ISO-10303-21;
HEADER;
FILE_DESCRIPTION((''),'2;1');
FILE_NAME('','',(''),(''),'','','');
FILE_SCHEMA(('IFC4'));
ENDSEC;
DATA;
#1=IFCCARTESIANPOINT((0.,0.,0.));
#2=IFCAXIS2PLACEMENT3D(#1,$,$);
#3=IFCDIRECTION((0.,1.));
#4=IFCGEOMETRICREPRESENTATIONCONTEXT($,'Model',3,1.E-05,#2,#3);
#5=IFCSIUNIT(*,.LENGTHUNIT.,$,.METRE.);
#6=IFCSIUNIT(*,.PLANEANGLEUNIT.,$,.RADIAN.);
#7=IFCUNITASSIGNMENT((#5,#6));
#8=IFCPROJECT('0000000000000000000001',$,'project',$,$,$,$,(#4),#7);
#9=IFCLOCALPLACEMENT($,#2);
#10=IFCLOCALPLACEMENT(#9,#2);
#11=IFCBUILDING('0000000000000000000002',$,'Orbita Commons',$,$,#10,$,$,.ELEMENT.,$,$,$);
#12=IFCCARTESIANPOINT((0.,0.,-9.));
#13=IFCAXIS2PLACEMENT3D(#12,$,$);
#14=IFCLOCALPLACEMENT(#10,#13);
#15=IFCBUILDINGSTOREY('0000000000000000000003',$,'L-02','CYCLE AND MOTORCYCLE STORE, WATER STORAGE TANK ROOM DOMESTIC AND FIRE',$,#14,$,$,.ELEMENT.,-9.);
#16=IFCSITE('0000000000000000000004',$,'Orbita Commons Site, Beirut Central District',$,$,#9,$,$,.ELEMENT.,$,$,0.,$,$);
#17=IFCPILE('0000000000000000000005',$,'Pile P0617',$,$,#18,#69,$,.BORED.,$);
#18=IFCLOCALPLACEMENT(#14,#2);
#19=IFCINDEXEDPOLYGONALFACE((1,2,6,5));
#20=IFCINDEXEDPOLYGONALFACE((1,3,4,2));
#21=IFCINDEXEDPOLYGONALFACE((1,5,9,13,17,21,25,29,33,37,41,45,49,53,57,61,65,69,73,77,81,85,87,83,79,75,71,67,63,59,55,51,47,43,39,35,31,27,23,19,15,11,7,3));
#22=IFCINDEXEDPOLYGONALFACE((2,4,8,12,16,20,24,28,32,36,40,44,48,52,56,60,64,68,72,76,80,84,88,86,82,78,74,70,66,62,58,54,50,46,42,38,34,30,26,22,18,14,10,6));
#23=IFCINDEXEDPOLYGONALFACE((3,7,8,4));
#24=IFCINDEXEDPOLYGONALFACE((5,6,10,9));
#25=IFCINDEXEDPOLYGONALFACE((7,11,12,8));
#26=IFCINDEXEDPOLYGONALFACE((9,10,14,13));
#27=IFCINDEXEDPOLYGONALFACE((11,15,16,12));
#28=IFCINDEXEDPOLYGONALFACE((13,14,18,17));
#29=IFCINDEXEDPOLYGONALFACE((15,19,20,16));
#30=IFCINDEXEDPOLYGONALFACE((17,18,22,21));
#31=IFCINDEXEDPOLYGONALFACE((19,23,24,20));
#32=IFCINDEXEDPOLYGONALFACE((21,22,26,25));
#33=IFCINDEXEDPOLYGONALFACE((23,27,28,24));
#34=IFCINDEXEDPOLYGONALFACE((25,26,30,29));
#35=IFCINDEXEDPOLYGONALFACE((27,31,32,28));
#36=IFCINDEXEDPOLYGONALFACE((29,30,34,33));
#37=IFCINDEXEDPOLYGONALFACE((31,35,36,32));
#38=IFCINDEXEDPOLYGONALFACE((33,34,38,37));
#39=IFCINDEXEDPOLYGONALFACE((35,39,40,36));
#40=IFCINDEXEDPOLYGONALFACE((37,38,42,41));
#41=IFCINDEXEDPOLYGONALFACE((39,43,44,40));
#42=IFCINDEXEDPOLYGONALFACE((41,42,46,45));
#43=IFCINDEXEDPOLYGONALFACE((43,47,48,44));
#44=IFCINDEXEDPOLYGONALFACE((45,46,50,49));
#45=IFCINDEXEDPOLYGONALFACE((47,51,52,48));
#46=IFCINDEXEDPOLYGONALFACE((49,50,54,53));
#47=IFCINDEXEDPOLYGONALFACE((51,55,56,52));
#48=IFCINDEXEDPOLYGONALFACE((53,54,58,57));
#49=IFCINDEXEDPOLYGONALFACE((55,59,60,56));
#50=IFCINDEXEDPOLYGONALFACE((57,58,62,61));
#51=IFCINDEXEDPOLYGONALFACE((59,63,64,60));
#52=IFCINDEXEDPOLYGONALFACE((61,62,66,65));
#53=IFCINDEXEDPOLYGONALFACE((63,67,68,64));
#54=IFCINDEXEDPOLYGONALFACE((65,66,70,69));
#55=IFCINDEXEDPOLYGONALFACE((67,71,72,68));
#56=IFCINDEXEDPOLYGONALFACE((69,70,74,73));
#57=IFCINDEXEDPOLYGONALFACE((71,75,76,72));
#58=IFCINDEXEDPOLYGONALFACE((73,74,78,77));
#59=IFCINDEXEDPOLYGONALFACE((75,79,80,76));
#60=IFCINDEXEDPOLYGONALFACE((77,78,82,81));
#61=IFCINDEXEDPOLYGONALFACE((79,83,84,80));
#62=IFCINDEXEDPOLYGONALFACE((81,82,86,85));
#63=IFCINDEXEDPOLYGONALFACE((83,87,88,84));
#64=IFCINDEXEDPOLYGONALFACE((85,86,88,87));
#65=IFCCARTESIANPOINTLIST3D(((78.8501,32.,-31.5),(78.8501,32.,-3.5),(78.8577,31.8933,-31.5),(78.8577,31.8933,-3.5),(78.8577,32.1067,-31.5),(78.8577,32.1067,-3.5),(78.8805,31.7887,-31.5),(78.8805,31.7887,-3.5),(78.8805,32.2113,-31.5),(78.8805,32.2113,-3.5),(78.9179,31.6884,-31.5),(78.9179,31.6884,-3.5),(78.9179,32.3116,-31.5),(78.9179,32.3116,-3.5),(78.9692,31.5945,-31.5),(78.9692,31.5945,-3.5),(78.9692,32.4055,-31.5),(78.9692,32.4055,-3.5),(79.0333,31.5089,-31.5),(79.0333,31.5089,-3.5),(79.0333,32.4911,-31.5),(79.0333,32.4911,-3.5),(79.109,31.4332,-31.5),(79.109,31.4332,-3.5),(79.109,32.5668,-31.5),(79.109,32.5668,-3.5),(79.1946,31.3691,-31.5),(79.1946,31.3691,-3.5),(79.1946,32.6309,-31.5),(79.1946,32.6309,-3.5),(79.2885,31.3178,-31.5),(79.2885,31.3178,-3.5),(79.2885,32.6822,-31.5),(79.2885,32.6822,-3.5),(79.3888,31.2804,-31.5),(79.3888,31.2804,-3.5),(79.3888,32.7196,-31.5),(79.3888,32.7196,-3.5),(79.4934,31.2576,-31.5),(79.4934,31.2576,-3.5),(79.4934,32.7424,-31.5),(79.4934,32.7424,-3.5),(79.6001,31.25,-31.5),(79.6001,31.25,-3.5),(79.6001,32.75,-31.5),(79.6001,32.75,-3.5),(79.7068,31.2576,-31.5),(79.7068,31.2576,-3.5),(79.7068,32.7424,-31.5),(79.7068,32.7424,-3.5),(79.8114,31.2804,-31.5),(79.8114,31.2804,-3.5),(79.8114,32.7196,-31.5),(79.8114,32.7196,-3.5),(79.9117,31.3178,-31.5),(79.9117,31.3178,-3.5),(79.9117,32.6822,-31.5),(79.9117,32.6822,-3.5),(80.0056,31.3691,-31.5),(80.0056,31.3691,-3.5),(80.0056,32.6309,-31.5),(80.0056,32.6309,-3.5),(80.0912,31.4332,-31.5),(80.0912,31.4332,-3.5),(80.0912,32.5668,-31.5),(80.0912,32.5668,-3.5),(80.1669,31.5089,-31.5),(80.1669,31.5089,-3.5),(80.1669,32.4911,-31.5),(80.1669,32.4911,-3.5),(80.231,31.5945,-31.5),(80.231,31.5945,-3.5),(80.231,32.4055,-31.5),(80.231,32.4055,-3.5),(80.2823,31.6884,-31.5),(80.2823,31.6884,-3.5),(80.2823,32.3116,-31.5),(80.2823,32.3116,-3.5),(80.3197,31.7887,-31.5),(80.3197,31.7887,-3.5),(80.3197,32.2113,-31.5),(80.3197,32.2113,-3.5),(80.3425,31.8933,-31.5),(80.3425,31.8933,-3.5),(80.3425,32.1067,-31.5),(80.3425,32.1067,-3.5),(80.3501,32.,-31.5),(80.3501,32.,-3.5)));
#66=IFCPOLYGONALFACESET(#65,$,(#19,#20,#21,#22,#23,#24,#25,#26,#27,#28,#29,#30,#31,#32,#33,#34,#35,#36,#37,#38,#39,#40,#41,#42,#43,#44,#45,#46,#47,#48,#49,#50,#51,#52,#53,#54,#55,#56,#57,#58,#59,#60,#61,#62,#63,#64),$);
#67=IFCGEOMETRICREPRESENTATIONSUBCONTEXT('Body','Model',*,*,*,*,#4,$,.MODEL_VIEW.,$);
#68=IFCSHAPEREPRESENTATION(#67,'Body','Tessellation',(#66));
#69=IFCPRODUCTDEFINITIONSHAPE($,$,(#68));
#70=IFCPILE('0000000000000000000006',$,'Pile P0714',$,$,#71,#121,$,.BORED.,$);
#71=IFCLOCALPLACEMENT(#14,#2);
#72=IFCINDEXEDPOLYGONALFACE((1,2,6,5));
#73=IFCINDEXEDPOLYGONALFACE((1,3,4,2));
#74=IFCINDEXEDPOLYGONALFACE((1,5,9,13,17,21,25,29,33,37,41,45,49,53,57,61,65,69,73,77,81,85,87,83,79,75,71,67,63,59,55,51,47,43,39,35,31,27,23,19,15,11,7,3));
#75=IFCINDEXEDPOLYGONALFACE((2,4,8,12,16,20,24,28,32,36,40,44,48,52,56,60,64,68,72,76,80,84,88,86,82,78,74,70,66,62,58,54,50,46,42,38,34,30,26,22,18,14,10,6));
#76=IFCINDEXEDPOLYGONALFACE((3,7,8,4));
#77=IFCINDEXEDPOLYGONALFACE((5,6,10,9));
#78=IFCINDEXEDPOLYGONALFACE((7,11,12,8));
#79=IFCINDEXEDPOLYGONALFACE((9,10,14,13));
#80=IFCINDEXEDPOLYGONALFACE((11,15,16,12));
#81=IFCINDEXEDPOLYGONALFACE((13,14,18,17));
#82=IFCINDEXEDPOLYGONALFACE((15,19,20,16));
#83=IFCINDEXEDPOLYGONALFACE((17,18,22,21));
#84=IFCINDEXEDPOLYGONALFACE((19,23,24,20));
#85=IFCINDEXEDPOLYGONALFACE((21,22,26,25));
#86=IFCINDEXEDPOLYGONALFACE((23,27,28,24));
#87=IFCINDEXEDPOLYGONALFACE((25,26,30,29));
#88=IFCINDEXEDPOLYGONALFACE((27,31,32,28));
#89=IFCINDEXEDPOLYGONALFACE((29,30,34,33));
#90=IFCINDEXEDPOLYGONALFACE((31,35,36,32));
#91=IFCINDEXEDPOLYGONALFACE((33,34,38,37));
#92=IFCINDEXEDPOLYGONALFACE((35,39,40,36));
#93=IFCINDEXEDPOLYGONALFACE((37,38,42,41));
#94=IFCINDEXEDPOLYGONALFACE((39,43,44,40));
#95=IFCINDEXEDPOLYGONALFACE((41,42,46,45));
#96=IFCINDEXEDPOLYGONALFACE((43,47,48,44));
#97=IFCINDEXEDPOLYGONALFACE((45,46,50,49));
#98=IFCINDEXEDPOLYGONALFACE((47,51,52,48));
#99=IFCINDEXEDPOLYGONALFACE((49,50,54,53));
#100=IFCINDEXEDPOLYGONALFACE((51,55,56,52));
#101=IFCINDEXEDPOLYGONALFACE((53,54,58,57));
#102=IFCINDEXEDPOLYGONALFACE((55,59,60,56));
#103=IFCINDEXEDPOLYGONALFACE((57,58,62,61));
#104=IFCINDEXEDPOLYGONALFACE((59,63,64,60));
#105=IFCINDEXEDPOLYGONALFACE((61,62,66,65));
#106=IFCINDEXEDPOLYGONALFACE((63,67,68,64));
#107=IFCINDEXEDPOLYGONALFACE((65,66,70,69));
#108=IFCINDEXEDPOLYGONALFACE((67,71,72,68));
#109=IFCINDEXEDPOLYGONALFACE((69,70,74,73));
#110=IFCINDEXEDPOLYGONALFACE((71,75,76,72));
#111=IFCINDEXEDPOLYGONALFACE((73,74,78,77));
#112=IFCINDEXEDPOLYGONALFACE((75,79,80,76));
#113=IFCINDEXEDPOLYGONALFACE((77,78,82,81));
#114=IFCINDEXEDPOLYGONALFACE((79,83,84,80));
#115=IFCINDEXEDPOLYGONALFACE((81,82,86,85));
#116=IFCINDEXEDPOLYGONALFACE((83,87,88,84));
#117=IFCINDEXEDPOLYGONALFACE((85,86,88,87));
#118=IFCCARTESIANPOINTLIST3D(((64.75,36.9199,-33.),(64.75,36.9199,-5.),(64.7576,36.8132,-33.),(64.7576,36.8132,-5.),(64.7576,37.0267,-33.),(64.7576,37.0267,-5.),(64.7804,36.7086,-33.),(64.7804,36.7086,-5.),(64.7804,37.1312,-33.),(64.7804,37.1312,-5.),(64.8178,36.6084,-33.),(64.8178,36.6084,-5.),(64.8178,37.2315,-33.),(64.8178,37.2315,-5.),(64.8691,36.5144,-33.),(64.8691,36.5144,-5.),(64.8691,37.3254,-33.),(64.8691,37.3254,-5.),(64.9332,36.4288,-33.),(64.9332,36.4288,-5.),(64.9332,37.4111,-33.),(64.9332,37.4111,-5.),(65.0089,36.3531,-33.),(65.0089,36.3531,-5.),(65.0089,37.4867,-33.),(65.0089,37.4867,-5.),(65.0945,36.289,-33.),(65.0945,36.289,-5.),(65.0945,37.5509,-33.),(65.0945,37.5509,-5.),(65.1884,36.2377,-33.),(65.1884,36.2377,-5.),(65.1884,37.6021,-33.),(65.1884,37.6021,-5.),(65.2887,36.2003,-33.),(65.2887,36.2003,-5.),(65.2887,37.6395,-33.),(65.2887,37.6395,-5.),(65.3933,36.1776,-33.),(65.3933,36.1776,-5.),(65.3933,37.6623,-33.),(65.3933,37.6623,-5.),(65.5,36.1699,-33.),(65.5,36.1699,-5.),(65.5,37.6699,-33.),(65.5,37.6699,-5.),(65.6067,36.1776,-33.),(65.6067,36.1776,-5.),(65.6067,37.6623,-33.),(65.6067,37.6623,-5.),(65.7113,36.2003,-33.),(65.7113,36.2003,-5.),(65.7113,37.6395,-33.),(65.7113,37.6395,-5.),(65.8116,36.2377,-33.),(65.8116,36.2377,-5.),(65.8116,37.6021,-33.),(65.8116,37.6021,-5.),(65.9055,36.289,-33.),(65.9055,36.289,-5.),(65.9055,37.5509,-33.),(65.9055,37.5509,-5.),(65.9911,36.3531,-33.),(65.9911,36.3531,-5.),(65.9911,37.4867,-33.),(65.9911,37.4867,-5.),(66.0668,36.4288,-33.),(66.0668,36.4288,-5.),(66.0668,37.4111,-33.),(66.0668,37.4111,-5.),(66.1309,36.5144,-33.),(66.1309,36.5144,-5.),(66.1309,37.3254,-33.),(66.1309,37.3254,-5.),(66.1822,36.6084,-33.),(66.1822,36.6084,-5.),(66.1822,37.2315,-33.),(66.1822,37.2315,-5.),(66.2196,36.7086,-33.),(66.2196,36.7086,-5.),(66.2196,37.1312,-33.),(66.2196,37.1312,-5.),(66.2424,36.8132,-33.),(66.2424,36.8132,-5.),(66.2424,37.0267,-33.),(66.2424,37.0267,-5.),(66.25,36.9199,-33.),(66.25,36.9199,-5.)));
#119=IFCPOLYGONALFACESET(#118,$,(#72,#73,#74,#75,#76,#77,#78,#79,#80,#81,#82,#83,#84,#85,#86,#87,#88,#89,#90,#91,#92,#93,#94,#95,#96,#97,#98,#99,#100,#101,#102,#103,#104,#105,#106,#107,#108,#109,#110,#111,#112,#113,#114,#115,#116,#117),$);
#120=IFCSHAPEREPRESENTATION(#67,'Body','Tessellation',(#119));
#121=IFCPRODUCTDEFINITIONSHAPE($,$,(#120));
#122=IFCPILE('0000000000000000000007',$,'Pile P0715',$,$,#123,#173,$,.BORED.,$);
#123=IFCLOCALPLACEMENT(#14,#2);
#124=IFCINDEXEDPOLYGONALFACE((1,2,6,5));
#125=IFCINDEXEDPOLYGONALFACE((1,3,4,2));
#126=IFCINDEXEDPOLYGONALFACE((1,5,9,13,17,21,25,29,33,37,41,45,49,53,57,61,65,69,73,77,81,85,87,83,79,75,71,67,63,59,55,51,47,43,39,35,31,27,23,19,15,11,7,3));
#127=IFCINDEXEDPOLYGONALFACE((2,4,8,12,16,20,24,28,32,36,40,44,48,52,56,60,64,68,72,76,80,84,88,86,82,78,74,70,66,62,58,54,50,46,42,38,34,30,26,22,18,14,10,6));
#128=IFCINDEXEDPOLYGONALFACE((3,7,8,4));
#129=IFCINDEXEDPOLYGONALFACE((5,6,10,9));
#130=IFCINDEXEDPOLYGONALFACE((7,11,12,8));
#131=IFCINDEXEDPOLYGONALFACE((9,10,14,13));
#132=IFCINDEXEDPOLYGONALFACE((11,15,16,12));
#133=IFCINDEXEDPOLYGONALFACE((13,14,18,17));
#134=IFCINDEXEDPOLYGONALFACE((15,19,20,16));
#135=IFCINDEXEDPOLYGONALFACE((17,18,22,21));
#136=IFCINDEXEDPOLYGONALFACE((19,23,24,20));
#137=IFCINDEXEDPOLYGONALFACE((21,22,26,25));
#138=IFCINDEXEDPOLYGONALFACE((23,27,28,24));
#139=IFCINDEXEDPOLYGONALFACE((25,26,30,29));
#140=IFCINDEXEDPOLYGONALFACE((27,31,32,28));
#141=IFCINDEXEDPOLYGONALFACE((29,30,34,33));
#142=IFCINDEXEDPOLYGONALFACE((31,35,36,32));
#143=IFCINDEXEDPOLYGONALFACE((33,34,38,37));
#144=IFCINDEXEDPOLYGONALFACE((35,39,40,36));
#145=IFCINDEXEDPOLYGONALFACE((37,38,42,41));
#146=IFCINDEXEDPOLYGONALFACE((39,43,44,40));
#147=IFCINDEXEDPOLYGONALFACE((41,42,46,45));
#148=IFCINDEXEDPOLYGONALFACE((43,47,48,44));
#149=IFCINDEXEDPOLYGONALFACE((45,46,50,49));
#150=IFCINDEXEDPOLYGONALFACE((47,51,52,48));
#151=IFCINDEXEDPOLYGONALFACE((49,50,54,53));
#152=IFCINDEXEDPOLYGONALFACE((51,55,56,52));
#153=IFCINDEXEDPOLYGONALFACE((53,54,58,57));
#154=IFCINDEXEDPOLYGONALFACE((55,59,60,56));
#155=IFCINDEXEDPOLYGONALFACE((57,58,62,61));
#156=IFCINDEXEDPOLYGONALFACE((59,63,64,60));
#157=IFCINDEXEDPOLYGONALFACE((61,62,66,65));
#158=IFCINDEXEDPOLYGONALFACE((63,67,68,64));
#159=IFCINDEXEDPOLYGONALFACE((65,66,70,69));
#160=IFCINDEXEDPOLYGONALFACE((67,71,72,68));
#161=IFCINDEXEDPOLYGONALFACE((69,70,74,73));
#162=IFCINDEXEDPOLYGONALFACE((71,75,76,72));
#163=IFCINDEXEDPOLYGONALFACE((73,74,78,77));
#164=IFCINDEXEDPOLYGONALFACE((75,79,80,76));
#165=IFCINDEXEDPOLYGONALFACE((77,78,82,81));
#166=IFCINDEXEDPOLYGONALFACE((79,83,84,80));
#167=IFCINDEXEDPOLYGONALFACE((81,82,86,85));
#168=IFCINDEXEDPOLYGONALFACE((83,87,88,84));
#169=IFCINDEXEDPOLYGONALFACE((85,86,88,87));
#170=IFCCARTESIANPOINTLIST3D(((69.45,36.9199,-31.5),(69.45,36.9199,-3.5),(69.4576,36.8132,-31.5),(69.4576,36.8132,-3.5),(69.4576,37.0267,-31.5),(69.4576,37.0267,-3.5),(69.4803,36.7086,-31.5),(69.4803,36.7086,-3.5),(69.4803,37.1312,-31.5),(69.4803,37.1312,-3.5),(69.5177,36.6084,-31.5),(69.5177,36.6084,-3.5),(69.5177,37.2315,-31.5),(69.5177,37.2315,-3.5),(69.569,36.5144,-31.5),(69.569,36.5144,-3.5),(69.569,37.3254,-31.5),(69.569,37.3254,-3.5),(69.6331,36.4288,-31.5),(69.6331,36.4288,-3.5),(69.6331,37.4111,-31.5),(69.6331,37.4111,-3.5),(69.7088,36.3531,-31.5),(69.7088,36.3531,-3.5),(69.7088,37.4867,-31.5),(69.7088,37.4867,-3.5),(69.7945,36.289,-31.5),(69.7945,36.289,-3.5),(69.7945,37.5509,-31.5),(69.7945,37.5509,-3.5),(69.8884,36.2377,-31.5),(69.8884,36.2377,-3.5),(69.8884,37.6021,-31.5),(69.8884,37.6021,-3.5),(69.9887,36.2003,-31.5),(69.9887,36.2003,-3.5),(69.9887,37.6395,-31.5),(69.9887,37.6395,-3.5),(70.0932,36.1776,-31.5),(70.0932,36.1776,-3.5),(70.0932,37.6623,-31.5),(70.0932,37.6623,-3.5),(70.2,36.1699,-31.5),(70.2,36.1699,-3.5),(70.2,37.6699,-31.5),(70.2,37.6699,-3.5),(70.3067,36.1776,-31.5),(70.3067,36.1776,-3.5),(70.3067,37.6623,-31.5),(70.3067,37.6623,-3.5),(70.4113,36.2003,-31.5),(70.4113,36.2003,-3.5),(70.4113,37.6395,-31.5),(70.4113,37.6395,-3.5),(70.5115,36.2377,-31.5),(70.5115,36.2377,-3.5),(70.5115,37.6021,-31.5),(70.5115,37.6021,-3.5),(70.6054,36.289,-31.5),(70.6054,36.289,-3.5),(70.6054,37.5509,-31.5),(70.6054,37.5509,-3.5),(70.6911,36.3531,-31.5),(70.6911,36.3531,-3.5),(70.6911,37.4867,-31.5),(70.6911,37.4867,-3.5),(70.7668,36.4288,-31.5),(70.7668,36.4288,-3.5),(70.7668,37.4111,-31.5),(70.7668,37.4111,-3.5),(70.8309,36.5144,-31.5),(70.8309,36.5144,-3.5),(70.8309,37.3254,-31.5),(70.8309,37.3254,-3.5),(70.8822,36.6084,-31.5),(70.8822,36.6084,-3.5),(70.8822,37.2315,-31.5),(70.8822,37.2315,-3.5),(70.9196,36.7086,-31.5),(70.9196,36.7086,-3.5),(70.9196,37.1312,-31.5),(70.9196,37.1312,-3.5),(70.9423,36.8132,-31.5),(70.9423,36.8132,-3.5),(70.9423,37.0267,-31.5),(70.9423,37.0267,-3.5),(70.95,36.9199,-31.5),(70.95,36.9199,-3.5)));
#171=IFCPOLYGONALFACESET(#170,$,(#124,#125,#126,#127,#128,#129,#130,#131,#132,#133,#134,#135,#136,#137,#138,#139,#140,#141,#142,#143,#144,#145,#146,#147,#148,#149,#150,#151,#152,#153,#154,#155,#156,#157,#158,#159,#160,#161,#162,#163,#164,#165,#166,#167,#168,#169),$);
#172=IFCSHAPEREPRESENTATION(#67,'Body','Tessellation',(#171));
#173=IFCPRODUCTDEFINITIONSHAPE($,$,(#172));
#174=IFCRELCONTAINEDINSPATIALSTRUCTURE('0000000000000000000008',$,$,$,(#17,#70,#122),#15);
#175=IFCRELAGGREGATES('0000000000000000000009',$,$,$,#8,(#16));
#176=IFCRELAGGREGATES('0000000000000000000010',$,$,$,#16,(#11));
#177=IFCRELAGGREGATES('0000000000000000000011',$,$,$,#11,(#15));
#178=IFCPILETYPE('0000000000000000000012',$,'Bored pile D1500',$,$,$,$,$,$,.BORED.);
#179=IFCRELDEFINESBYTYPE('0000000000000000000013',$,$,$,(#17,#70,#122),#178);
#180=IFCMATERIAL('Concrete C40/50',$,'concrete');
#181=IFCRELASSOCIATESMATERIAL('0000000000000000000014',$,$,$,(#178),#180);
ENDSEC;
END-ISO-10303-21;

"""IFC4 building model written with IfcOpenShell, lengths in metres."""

from ifc_helpers import new_model, si_unit, direction, frame, origin, origin_2d, place, context, subcontext, project, spatial, circle, extrude, material, material_profile, profile_set, type_object, element, save


model = new_model("IFC4")

# Units and contexts
model_context = context("Model", 3, precision=1e-05, world=origin(), true_north=direction((0.0, 1.0)))
body_context = subcontext(model_context, "Body", "Model", "MODEL_VIEW")
ifc_project = project(units=[si_unit("LENGTHUNIT", "METRE"), si_unit("PLANEANGLEUNIT", "RADIAN")], contexts=[model_context])

# Site, building, storey
site_placement = place(None, origin())
site = spatial("IfcSite", under=ifc_project, at=site_placement, Name="Orbita Commons Site, Beirut Central District", CompositionType="ELEMENT", RefElevation=0.0)
building_placement = place(site_placement, origin())
building = spatial("IfcBuilding", under=site, at=building_placement, Name="Orbita Commons", CompositionType="ELEMENT")
storey_placement = place(building_placement, frame((0.0, 0.0, -9.0)))
storey = spatial("IfcBuildingStorey", under=building, at=storey_placement, Name="L-02", Description="CYCLE AND MOTORCYCLE STORE, WATER STORAGE TANK ROOM DOMESTIC AND FIRE", CompositionType="ELEMENT", Elevation=-9.0)

# Piles
ifc_material_1 = material(Name="Concrete C40/50", Category="concrete")
ifc_material_profile_1 = material_profile(ifc_material_1, circle(Radius=0.75, at=origin_2d()), Name="RC D1500")
ifc_profile_set_1 = profile_set([ifc_material_profile_1], Name="Concrete C40/50")
pile_type = type_object("IfcPileType", Name="Bored pile D1500", PredefinedType="BORED", material=ifc_profile_set_1)
for number, where, z_axis, x_axis, name in (
    (1, (79.6001, 32.0, -3.5), (0.0, 0.0, -1.0), (1.0, 0.0, 0.0), "Pile P0617"),
    (2, (65.5, 36.9199, -5.0), (0.0, 0.0, -1.0), (1.0, 0.0, 0.0), "Pile P0714"),
    (3, (70.2, 36.9199, -3.5), (0.0, 0.0, -1.0), (1.0, 0.0, 0.0), "Pile P0715"),
):
    element("IfcPile", number, at=place(storey_placement, frame(where, z_axis=z_axis, x_axis=x_axis)), inside=storey, type_object=pile_type, Name=name, PredefinedType="BORED", context=body_context, shape_type="SweptSolid", body=[
        extrude(circle(Radius=0.75, at=origin_2d()), origin(), (0.0, 0.0, 1.0), 28.0),
    ])

save(model, "model.ifc")
